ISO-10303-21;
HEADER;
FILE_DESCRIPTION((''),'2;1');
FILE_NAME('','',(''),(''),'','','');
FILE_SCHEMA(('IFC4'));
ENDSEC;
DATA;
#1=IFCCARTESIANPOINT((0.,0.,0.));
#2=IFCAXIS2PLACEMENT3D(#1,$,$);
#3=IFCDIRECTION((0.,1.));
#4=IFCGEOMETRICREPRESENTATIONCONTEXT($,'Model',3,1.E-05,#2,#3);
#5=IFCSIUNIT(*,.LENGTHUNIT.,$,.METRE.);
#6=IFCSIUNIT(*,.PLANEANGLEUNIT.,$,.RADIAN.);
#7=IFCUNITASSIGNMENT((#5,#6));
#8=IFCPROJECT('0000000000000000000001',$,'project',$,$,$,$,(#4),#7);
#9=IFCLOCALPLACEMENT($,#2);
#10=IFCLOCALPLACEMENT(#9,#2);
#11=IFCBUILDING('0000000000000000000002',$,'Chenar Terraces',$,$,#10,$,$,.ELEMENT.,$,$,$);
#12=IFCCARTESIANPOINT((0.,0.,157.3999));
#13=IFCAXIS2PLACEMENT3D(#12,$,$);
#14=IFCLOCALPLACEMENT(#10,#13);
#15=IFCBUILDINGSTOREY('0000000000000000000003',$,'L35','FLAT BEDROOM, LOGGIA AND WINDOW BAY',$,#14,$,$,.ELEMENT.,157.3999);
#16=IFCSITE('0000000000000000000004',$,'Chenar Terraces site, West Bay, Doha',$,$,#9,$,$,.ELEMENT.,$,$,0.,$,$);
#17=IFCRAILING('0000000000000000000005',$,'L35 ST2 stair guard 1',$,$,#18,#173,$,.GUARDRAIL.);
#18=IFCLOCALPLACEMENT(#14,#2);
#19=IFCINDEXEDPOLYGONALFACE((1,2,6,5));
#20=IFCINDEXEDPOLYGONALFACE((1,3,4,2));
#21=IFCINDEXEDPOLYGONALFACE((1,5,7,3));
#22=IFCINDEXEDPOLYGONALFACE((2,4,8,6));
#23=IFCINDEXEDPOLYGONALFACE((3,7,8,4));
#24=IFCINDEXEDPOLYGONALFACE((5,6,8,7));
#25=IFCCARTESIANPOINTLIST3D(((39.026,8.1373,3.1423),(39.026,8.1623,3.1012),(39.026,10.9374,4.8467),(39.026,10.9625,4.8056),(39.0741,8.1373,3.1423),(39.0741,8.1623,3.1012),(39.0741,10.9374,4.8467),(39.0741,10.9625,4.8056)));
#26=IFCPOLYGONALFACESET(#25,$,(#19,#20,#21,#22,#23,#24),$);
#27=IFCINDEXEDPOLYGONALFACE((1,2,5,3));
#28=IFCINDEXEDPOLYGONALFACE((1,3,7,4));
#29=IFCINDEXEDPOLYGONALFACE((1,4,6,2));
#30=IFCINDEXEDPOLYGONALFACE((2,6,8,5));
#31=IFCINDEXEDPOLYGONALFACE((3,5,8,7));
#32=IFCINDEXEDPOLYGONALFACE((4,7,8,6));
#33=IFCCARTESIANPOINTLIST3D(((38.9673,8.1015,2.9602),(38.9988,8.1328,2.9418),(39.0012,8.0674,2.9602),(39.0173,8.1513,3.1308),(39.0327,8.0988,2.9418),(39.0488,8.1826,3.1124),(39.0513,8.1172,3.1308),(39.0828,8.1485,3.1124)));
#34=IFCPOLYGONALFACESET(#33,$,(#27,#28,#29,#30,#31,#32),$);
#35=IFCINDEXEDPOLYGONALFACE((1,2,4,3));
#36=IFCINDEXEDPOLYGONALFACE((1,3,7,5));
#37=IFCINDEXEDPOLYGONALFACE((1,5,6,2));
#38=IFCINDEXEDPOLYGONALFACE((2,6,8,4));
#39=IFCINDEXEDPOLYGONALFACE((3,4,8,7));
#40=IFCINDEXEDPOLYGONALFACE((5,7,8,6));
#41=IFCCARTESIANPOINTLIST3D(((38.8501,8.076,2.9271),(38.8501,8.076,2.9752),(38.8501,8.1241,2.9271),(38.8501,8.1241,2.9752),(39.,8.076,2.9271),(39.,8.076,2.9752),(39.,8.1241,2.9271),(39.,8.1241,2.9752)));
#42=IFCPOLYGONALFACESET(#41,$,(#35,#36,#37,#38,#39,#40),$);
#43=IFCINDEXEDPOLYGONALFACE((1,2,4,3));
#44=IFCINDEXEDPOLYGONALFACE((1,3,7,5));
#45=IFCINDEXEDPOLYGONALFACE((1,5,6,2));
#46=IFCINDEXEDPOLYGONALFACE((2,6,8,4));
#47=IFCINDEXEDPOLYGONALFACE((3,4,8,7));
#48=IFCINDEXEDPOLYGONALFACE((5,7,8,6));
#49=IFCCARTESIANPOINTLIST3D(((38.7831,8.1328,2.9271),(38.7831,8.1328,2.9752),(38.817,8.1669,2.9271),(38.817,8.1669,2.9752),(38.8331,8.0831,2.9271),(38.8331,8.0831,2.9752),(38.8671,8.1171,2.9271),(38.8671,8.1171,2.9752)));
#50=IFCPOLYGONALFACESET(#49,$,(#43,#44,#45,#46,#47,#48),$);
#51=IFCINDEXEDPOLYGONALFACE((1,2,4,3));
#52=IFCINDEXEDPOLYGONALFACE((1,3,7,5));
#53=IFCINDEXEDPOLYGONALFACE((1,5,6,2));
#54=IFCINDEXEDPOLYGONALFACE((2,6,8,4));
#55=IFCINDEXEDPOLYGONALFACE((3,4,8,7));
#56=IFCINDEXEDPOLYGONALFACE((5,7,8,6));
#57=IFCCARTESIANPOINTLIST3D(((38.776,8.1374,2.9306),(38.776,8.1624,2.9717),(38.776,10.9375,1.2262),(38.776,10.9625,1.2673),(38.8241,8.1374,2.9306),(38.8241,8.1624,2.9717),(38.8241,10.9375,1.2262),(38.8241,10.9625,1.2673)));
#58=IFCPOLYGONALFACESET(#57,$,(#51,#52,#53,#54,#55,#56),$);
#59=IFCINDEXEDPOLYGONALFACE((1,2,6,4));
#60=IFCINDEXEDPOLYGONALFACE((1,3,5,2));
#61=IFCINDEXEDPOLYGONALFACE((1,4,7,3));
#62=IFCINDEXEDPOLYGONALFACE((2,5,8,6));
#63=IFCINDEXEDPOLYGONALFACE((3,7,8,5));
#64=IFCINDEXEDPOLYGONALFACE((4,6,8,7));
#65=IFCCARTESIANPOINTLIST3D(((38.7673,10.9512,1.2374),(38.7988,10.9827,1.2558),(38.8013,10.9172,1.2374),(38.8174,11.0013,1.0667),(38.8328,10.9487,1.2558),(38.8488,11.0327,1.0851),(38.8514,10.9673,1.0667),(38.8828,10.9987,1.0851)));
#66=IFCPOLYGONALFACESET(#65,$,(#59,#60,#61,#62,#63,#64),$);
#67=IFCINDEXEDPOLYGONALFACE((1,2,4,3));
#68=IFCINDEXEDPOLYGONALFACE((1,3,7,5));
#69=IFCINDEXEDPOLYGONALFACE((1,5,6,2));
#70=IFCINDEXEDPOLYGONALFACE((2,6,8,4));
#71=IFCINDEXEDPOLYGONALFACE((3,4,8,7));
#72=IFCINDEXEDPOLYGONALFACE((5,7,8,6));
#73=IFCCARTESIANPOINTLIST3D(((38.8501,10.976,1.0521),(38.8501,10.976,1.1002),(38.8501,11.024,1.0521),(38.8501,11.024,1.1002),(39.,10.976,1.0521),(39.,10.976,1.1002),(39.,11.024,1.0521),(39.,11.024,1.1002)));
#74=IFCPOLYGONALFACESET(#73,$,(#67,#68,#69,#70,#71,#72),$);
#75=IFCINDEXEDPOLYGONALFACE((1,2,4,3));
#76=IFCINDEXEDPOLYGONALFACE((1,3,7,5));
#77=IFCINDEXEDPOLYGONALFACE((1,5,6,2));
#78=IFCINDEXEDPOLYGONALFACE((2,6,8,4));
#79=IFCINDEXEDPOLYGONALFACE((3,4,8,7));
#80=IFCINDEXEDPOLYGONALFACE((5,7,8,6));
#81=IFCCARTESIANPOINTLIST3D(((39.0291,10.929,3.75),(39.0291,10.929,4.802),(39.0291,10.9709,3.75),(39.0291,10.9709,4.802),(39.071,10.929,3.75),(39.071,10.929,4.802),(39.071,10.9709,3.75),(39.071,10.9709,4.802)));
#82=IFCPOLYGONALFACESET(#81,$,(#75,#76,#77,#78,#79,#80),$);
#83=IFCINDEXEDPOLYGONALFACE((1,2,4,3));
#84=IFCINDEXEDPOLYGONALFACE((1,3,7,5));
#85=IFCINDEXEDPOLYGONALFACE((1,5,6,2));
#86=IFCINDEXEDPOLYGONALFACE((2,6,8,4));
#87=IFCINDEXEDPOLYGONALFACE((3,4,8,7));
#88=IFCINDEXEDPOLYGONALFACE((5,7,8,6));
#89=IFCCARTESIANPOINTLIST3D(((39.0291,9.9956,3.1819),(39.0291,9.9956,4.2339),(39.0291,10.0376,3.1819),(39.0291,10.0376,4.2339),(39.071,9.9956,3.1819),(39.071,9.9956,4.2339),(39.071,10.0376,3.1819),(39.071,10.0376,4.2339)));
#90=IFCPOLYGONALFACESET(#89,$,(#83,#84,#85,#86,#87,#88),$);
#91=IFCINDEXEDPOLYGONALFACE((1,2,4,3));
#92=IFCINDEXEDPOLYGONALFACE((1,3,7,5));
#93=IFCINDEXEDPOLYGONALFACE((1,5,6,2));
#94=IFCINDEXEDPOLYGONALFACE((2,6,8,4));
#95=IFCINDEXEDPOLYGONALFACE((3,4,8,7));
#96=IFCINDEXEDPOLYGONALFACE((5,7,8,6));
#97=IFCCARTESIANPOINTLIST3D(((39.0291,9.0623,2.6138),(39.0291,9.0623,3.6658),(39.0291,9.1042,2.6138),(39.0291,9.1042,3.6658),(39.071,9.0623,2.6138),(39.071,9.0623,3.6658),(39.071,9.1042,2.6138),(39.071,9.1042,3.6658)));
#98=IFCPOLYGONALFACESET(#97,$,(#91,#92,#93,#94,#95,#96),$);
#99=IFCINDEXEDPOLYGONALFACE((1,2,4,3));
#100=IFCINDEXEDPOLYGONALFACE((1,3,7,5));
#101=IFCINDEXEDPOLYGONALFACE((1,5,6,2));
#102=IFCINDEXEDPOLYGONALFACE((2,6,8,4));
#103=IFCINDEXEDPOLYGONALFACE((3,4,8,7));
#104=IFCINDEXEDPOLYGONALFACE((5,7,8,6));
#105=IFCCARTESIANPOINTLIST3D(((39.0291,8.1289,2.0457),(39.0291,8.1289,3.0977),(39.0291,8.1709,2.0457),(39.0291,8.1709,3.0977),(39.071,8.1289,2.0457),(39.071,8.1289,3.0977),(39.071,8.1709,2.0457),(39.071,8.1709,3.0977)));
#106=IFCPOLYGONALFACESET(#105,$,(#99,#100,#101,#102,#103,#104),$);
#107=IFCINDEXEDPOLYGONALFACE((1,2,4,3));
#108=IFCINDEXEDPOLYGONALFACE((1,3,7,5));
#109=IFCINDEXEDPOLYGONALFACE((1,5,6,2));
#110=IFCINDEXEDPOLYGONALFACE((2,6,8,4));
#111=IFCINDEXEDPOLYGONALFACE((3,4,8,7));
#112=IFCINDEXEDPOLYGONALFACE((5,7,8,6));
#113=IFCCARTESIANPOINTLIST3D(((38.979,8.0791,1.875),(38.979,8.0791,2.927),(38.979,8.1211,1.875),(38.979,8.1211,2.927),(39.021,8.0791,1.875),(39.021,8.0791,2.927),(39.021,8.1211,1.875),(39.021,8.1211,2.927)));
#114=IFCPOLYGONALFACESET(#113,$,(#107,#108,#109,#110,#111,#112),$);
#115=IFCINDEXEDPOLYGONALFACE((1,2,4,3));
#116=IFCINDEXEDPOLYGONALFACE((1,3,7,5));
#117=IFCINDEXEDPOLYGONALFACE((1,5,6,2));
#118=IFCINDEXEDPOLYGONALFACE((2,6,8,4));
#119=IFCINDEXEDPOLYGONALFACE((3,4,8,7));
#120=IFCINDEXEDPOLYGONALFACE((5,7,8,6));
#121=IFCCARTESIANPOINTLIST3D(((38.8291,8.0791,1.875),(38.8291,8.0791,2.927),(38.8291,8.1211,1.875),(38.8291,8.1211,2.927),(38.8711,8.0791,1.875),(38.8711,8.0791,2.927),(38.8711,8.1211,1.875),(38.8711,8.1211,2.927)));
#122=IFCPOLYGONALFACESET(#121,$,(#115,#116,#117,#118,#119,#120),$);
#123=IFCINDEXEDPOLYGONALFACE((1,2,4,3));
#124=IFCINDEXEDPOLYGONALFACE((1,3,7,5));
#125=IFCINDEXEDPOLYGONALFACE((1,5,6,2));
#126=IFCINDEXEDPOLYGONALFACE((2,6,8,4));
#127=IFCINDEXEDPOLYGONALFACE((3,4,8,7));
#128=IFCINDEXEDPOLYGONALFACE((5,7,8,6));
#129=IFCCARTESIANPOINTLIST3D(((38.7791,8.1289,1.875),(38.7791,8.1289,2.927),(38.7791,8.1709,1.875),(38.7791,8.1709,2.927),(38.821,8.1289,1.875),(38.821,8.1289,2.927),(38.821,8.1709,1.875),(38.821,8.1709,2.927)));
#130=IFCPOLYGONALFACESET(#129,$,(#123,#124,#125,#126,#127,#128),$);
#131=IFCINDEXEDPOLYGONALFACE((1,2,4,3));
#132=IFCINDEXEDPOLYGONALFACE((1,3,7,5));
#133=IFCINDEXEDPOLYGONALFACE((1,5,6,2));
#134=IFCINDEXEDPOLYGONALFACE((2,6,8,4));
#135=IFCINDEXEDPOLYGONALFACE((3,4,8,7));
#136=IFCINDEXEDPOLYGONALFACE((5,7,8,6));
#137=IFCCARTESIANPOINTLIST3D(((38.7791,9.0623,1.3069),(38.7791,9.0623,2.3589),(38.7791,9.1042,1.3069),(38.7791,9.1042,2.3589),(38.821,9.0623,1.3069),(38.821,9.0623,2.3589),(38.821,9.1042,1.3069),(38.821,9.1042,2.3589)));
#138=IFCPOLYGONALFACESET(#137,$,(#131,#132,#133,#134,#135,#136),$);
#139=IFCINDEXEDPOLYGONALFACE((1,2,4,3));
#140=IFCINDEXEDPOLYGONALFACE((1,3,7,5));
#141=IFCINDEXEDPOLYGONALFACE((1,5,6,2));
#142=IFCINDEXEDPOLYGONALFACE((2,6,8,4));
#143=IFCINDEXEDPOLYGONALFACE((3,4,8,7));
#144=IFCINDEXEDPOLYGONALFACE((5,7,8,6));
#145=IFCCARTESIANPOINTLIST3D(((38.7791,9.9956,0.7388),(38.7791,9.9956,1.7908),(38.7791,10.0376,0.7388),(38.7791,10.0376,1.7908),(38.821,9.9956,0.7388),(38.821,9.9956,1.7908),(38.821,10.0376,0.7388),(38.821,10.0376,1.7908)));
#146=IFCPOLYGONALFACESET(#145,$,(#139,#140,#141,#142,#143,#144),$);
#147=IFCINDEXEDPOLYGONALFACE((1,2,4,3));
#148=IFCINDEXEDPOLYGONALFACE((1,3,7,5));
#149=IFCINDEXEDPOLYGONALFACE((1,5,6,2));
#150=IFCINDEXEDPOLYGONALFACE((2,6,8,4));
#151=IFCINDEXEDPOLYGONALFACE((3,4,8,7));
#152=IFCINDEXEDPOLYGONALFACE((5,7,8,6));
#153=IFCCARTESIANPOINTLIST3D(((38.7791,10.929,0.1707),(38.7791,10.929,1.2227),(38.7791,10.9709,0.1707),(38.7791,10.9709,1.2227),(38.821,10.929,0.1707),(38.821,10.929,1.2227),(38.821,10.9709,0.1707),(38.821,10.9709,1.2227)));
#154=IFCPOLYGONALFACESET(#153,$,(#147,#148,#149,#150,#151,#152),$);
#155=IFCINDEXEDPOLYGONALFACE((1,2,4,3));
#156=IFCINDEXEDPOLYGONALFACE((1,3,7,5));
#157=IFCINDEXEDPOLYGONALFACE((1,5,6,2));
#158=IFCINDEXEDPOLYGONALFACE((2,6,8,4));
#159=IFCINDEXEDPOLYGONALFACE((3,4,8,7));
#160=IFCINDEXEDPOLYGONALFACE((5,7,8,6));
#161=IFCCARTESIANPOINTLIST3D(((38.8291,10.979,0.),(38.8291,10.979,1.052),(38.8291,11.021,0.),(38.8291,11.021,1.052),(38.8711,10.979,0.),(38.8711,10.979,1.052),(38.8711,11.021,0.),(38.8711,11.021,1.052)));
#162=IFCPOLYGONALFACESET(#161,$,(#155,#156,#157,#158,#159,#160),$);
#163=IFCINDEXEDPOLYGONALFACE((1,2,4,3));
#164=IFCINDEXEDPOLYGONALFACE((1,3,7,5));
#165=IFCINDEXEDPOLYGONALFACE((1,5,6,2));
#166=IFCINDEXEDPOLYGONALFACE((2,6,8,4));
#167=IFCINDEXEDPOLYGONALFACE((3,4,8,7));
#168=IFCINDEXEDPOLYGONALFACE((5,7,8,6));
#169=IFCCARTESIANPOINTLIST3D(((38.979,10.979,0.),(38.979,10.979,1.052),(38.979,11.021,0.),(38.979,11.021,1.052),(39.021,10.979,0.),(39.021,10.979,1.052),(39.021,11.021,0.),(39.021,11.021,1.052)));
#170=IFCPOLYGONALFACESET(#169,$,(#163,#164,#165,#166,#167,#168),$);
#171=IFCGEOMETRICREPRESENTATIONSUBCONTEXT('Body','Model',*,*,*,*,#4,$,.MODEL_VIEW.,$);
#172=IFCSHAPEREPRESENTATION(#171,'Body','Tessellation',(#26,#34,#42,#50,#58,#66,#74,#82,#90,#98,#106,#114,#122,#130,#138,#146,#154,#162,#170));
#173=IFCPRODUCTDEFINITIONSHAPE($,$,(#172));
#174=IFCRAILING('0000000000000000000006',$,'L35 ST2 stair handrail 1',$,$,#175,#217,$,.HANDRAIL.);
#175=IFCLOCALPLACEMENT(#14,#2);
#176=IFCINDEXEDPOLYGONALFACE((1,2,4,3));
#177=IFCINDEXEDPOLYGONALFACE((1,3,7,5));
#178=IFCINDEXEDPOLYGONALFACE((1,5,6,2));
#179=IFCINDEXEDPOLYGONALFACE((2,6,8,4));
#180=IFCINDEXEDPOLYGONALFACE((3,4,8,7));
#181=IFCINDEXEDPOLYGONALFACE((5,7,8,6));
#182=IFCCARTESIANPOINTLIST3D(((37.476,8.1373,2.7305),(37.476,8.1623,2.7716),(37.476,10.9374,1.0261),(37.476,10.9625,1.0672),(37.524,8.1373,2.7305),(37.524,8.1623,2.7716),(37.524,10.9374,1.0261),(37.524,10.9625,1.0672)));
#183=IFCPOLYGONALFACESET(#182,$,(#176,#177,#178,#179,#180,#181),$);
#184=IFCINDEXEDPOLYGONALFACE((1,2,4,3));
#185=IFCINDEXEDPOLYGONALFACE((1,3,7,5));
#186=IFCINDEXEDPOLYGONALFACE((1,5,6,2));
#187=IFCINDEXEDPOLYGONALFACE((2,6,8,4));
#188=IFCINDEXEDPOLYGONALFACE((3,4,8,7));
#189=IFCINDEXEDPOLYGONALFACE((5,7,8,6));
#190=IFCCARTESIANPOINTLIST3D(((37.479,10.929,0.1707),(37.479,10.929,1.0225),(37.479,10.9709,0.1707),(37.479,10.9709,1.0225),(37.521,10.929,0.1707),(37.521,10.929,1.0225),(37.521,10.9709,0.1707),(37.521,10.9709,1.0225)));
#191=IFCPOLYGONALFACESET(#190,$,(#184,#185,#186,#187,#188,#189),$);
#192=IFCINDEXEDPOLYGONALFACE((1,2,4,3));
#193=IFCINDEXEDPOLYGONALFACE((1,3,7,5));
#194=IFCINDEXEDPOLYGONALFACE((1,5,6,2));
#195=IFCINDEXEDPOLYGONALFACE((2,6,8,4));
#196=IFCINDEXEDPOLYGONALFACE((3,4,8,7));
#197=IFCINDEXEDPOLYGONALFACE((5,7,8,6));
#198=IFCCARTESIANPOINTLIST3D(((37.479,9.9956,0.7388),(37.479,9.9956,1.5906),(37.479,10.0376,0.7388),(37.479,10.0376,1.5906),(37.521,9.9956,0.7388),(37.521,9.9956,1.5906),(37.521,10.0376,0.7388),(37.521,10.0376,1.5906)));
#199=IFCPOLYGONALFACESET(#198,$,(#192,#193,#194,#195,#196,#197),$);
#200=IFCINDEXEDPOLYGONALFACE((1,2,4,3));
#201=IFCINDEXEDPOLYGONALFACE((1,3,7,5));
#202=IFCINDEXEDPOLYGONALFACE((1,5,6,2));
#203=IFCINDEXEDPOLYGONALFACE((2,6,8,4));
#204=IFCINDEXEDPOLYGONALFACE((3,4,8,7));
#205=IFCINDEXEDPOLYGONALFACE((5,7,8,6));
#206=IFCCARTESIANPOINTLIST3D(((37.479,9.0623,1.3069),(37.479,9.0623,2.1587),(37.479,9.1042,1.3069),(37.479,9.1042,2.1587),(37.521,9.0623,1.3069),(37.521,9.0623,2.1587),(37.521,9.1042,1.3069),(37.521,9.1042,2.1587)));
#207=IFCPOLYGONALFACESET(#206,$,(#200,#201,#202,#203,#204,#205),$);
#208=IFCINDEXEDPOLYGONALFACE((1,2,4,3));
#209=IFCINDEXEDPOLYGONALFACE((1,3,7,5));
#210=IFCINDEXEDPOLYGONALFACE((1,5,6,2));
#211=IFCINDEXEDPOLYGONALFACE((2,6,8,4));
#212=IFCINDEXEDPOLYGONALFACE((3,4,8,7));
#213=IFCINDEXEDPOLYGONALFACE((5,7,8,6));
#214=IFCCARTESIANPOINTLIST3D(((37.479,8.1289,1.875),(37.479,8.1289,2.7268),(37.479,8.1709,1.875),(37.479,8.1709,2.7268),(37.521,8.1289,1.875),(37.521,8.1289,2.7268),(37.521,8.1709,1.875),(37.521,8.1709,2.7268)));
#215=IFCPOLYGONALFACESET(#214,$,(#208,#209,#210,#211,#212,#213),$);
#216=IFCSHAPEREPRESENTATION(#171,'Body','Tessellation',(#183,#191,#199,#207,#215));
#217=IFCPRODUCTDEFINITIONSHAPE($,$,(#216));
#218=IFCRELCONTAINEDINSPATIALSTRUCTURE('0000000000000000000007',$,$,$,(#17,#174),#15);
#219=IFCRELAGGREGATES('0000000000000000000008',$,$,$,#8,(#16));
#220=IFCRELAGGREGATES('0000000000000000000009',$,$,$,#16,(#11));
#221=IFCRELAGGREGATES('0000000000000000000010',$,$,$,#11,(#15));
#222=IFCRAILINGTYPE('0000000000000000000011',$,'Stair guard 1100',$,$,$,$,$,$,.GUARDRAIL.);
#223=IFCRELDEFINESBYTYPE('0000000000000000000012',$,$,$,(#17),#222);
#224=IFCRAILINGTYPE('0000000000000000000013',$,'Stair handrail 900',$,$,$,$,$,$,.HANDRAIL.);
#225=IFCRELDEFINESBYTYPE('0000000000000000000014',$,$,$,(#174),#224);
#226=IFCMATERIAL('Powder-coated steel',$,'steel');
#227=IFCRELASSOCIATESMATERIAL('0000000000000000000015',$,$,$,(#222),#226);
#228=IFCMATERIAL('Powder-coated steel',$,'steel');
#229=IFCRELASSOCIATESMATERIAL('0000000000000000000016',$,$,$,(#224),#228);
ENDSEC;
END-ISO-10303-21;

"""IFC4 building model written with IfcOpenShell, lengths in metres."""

from ifc_helpers import new_model, si_unit, direction, frame, origin, origin_2d, place, context, subcontext, project, spatial, rectangle, extrude, material, type_object, element, save


model = new_model("IFC4")

# Units and contexts
model_context = context("Model", 3, precision=1e-05, world=origin(), true_north=direction((0.0, 1.0)))
body_context = subcontext(model_context, "Body", "Model", "MODEL_VIEW")
ifc_project = project(units=[si_unit("LENGTHUNIT", "METRE"), si_unit("PLANEANGLEUNIT", "RADIAN")], contexts=[model_context])

# Site, building, storey
site_placement = place(None, origin())
site = spatial("IfcSite", under=ifc_project, at=site_placement, Name="Chenar Terraces site, West Bay, Doha", CompositionType="ELEMENT", RefElevation=0.0)
building_placement = place(site_placement, origin())
building = spatial("IfcBuilding", under=site, at=building_placement, Name="Chenar Terraces", CompositionType="ELEMENT")
storey_placement = place(building_placement, frame((0.0, 0.0, 157.3999)))
storey = spatial("IfcBuildingStorey", under=building, at=storey_placement, Name="L35", Description="FLAT BEDROOM, LOGGIA AND WINDOW BAY", CompositionType="ELEMENT", Elevation=157.3999)

# Railings
ifc_material_1 = material(Name="Powder-coated steel", Category="steel")
railing_type_1 = type_object("IfcRailingType", Name="Stair guard 1100", PredefinedType="GUARDRAIL", material=ifc_material_1)
railing_1_placement = place(storey_placement, frame((39.05, 10.95, 3.75)))
element("IfcRailing", 1, at=railing_1_placement, inside=storey, type_object=railing_type_1, Name="L35 ST2 stair guard 1", PredefinedType="GUARDRAIL", context=body_context, shape_type="SweptSolid", body=[
    extrude(rectangle(XDim=0.0481, YDim=0.0481, at=origin_2d()), frame((0.0, 0.0, 1.0762), z_axis=(0.0, -0.854203, -0.51994), x_axis=(1.0, 0.0, 0.0)), (0.0, 0.0, 1.0), 3.2781),
    extrude(rectangle(XDim=0.0481, YDim=0.0481, at=origin_2d()), frame((0.0, -2.8, -0.6284), z_axis=(-0.270997, -0.269675, -0.924033), x_axis=(0.705376, -0.708834, 0.0)), (0.0, 0.0, 1.0), 0.1846),
    extrude(rectangle(XDim=0.0481, YDim=0.0481, at=origin_2d()), frame((-0.05, -2.8499, -0.7988), z_axis=(-1.0, 0.0, 0.0), x_axis=(0.0, -1.0, 0.0)), (0.0, 0.0, 1.0), 0.1499),
    extrude(rectangle(XDim=0.0481, YDim=0.0481, at=origin_2d()), frame((-0.2, -2.8499, -0.7988), z_axis=(-0.708834, 0.705376, 0.0), x_axis=(-0.705376, -0.708834, 0.0)), (0.0, 0.0, 1.0), 0.0706),
    extrude(rectangle(XDim=0.0481, YDim=0.0481, at=origin_2d()), frame((-0.25, -2.8, -0.7988), z_axis=(0.0, 0.854203, -0.51994), x_axis=(-1.0, 0.0, 0.0)), (0.0, 0.0, 1.0), 3.2781),
    extrude(rectangle(XDim=0.0481, YDim=0.0481, at=origin_2d()), frame((-0.25, 0.0, -2.5034), z_axis=(0.2709, 0.2709, -0.923703), x_axis=(-0.707107, 0.707107, 0.0)), (0.0, 0.0, 1.0), 0.1848),
    extrude(rectangle(XDim=0.0481, YDim=0.0481, at=origin_2d()), frame((-0.2, 0.05, -2.6738), z_axis=(1.0, 0.0, 0.0), x_axis=(0.0, 1.0, 0.0)), (0.0, 0.0, 1.0), 0.1499),
    extrude(rectangle(XDim=0.042, YDim=0.042, at=origin_2d()), origin(), (0.0, 0.0, 1.0), 1.052),
    extrude(rectangle(XDim=0.042, YDim=0.042, at=origin_2d()), frame((0.0, -0.9333, -0.5681)), (0.0, 0.0, 1.0), 1.052),
    extrude(rectangle(XDim=0.042, YDim=0.042, at=origin_2d()), frame((0.0, -1.8667, -1.1362)), (0.0, 0.0, 1.0), 1.052),
    extrude(rectangle(XDim=0.042, YDim=0.042, at=origin_2d()), frame((0.0, -2.8, -1.7043)), (0.0, 0.0, 1.0), 1.052),
    extrude(rectangle(XDim=0.042, YDim=0.042, at=origin_2d()), frame((-0.05, -2.8499, -1.875)), (0.0, 0.0, 1.0), 1.052),
    extrude(rectangle(XDim=0.042, YDim=0.042, at=origin_2d()), frame((-0.2, -2.8499, -1.875)), (0.0, 0.0, 1.0), 1.052),
    extrude(rectangle(XDim=0.042, YDim=0.042, at=origin_2d()), frame((-0.25, -2.8, -1.875)), (0.0, 0.0, 1.0), 1.052),
    extrude(rectangle(XDim=0.042, YDim=0.042, at=origin_2d()), frame((-0.25, -1.8667, -2.4431)), (0.0, 0.0, 1.0), 1.052),
    extrude(rectangle(XDim=0.042, YDim=0.042, at=origin_2d()), frame((-0.25, -0.9333, -3.0112)), (0.0, 0.0, 1.0), 1.052),
    extrude(rectangle(XDim=0.042, YDim=0.042, at=origin_2d()), frame((-0.25, 0.0, -3.5793)), (0.0, 0.0, 1.0), 1.052),
    extrude(rectangle(XDim=0.042, YDim=0.042, at=origin_2d()), frame((-0.2, 0.05, -3.75)), (0.0, 0.0, 1.0), 1.052),
    extrude(rectangle(XDim=0.042, YDim=0.042, at=origin_2d()), frame((-0.05, 0.05, -3.75)), (0.0, 0.0, 1.0), 1.052),
])
ifc_material_2 = material(Name="Powder-coated steel", Category="steel")
railing_type_2 = type_object("IfcRailingType", Name="Stair handrail 900", PredefinedType="HANDRAIL", material=ifc_material_2)
railing_2_placement = place(storey_placement, frame((37.5, 10.95, 0.1707)))
element("IfcRailing", 2, at=railing_2_placement, inside=storey, type_object=railing_type_2, Name="L35 ST2 stair handrail 1", PredefinedType="HANDRAIL", context=body_context, shape_type="SweptSolid", body=[
    extrude(rectangle(XDim=0.0481, YDim=0.0481, at=origin_2d()), frame((0.0, 0.0, 0.876), z_axis=(0.0, -0.854203, 0.51994), x_axis=(1.0, 0.0, 0.0)), (0.0, 0.0, 1.0), 3.2781),
    extrude(rectangle(XDim=0.042, YDim=0.042, at=origin_2d()), origin(), (0.0, 0.0, 1.0), 0.8518),
    extrude(rectangle(XDim=0.042, YDim=0.042, at=origin_2d()), frame((0.0, -0.9333, 0.5681)), (0.0, 0.0, 1.0), 0.8518),
    extrude(rectangle(XDim=0.042, YDim=0.042, at=origin_2d()), frame((0.0, -1.8667, 1.1362)), (0.0, 0.0, 1.0), 0.8518),
    extrude(rectangle(XDim=0.042, YDim=0.042, at=origin_2d()), frame((0.0, -2.8, 1.7043)), (0.0, 0.0, 1.0), 0.8518),
])

save(model, "model.ifc")
